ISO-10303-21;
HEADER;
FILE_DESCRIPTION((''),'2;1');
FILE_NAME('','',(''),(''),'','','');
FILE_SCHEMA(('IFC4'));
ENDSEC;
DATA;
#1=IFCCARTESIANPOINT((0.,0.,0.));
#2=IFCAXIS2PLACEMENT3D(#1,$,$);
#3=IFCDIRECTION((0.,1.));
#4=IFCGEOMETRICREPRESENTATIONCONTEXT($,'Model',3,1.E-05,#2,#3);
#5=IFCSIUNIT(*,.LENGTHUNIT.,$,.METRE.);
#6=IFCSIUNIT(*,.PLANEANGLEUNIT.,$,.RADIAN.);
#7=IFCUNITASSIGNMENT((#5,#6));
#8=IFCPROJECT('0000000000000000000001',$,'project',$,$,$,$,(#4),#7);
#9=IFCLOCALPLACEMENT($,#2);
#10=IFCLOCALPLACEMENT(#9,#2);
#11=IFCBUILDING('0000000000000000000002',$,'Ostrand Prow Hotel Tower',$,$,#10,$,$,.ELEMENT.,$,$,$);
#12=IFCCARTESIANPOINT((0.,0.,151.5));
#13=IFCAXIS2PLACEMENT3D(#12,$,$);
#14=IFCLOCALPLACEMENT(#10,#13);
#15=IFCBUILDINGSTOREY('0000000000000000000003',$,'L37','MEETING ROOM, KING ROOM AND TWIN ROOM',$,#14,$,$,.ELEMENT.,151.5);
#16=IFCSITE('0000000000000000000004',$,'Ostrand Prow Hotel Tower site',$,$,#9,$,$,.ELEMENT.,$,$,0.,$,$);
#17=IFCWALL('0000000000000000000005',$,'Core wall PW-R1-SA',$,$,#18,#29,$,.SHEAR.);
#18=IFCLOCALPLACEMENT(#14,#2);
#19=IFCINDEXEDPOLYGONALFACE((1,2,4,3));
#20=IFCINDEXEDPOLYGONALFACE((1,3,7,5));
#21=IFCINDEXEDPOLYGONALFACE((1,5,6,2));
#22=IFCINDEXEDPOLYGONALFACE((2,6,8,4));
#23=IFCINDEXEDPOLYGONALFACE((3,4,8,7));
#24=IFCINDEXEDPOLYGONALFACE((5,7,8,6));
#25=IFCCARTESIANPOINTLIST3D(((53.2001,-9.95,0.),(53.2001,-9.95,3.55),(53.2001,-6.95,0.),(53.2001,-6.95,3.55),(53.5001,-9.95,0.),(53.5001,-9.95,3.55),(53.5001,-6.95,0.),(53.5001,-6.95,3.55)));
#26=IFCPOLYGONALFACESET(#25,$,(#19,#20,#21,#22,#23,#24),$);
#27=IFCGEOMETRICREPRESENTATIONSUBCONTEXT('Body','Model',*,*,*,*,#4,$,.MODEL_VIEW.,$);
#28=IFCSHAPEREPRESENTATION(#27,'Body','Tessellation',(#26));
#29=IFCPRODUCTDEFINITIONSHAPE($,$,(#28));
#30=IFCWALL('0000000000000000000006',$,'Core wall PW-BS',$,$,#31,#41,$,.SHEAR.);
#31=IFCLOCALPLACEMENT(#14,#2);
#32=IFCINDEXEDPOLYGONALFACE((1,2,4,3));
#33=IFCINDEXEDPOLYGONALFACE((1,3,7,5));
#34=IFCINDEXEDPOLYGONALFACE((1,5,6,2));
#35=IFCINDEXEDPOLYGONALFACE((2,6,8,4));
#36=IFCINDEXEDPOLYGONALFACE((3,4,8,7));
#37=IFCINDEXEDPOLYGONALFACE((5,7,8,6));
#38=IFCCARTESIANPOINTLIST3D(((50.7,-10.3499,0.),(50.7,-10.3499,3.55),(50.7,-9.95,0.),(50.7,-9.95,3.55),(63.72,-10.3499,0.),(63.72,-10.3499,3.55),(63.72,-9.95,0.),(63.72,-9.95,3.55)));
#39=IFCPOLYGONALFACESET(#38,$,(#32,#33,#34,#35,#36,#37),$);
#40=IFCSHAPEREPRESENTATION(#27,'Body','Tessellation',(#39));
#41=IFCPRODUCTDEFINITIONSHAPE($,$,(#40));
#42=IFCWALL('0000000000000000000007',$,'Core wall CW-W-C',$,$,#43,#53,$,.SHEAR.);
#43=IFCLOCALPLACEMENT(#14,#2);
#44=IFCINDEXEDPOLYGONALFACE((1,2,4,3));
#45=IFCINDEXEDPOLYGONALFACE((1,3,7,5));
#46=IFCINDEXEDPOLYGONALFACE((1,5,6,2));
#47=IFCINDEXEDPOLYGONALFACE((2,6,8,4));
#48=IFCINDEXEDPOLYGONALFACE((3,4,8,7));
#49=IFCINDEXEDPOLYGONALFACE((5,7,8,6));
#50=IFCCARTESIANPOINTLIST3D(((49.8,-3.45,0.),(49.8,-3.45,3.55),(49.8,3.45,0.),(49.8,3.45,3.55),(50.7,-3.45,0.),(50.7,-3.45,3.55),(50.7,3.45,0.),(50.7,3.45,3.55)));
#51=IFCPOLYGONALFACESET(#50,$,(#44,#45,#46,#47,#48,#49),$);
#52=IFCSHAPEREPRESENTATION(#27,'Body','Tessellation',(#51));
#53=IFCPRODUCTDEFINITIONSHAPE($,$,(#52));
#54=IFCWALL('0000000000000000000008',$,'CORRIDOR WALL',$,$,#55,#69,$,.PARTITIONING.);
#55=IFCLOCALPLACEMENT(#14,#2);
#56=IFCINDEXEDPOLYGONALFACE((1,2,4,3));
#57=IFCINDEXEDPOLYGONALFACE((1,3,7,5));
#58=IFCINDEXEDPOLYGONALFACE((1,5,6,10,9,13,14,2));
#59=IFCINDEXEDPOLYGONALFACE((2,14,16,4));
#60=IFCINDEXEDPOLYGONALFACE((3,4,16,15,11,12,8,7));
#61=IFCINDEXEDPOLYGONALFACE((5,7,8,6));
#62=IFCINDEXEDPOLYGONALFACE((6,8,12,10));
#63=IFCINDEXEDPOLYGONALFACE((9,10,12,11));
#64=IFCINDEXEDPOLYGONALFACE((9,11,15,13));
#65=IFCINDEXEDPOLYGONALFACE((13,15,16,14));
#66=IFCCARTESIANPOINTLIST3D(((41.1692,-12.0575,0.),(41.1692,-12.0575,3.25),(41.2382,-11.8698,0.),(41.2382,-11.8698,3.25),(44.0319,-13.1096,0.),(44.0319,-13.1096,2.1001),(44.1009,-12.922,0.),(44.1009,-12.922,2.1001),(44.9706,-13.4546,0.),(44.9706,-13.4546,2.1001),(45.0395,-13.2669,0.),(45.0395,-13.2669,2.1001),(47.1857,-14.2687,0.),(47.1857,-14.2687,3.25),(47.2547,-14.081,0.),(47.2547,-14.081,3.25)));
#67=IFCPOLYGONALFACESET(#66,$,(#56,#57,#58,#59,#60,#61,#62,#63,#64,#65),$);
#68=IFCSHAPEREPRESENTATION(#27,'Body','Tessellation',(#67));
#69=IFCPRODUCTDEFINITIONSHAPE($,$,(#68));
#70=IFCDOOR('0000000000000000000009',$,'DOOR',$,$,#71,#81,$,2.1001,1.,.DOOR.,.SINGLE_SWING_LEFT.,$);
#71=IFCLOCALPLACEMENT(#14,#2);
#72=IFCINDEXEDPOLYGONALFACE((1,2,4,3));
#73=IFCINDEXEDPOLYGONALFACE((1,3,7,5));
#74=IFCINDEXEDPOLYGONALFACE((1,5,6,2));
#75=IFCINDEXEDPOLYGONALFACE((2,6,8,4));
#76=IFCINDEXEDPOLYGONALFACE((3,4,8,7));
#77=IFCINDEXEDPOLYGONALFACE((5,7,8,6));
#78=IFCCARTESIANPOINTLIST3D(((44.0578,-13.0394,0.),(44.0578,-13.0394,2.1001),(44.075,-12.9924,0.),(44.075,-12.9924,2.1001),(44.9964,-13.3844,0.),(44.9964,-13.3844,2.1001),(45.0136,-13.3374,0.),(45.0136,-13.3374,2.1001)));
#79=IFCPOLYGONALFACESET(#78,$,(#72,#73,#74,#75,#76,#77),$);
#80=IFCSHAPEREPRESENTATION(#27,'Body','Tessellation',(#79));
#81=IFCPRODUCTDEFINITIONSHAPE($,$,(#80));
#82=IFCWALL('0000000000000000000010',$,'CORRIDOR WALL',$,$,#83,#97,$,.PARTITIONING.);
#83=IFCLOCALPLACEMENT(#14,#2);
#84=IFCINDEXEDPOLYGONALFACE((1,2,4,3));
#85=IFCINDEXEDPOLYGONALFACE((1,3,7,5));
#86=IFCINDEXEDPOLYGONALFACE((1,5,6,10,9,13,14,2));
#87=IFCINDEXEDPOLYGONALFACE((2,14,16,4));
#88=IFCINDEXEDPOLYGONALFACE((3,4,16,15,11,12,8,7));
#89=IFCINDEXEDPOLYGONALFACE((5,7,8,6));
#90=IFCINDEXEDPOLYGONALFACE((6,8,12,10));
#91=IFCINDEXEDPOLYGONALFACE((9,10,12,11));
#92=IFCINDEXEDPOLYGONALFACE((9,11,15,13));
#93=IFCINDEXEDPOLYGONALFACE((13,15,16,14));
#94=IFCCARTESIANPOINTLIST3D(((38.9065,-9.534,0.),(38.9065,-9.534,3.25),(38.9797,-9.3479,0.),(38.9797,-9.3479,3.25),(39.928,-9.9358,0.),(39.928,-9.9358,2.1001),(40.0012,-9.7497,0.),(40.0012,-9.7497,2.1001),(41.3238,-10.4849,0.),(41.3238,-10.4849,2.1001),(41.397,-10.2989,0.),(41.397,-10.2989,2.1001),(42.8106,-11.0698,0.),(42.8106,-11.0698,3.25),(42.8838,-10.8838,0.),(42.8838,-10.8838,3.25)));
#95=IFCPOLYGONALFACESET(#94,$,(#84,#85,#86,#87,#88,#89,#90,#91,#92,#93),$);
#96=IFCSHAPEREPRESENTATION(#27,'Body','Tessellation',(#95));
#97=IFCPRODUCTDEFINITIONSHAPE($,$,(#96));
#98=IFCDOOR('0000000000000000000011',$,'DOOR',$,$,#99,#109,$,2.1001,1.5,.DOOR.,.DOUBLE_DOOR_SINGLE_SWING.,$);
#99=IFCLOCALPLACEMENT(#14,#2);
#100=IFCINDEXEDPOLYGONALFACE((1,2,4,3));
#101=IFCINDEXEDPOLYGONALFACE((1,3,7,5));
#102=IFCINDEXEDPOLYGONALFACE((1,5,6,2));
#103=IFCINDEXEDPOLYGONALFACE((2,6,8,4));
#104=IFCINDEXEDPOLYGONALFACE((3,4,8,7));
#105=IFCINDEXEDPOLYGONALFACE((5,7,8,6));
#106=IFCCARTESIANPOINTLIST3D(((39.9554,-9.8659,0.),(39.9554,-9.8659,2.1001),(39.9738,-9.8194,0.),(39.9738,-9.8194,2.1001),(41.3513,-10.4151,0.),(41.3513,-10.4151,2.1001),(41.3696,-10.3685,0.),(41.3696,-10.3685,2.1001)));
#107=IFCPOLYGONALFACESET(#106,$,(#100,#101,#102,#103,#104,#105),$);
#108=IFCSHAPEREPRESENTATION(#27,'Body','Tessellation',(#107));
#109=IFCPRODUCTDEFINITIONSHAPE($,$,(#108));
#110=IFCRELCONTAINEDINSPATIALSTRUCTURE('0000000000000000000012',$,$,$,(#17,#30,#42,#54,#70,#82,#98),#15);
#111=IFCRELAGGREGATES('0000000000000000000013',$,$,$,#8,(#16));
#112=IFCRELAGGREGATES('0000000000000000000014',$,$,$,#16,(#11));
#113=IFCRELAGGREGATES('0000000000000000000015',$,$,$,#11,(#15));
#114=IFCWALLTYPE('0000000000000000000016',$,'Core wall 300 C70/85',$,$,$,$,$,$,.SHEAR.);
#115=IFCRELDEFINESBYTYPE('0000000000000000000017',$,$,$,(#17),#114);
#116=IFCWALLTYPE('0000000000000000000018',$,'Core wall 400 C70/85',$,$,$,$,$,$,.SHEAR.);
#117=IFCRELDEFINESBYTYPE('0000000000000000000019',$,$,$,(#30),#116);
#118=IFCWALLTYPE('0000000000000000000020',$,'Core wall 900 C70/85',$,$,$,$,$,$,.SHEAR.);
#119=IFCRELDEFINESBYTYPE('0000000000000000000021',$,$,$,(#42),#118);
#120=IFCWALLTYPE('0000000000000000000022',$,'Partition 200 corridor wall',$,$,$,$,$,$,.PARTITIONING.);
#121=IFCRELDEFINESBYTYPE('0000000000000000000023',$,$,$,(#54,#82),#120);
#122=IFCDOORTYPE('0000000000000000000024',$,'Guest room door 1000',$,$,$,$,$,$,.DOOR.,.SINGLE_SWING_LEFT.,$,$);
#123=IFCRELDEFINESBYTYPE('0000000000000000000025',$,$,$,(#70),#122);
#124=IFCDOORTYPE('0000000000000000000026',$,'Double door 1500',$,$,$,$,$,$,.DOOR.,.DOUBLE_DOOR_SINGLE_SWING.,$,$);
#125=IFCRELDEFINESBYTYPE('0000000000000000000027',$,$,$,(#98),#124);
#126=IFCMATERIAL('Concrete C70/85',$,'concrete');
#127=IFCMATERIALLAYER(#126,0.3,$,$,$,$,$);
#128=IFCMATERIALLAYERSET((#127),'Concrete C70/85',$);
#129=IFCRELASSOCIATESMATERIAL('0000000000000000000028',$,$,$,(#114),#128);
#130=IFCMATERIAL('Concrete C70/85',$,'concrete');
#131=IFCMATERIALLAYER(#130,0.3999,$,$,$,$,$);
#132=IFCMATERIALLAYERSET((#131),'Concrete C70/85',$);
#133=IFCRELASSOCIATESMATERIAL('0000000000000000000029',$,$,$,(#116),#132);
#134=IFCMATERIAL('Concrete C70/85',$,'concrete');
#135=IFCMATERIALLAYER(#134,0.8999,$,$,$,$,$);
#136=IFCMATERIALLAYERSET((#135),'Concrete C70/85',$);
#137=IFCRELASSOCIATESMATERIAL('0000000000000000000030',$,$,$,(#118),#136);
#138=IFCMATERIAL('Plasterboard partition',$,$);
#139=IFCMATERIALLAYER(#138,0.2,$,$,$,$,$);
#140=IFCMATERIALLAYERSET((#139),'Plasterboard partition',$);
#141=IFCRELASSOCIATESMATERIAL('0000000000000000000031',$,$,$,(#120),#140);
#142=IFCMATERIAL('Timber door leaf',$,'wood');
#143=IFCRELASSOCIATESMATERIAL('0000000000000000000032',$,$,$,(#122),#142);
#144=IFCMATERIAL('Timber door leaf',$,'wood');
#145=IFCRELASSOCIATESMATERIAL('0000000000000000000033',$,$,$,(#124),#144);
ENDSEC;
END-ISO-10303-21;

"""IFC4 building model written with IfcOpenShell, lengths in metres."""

from ifc_helpers import new_model, si_unit, direction, frame, frame_2d, origin, place, context, subcontext, project, spatial, rectangle, extrude, material, layer, layer_set, type_object, element, fill, save


model = new_model("IFC4")

# Units and contexts
model_context = context("Model", 3, precision=1e-05, world=origin(), true_north=direction((0.0, 1.0)))
body_context = subcontext(model_context, "Body", "Model", "MODEL_VIEW")
ifc_project = project(units=[si_unit("LENGTHUNIT", "METRE"), si_unit("PLANEANGLEUNIT", "RADIAN")], contexts=[model_context])

# Site, building, storey
site_placement = place(None, origin())
site = spatial("IfcSite", under=ifc_project, at=site_placement, Name="Ostrand Prow Hotel Tower site", CompositionType="ELEMENT", RefElevation=0.0)
building_placement = place(site_placement, origin())
building = spatial("IfcBuilding", under=site, at=building_placement, Name="Ostrand Prow Hotel Tower", CompositionType="ELEMENT")
storey_placement = place(building_placement, frame((0.0, 0.0, 151.5)))
storey = spatial("IfcBuildingStorey", under=building, at=storey_placement, Name="L37", Description="MEETING ROOM, KING ROOM AND TWIN ROOM", CompositionType="ELEMENT", Elevation=151.5)

# Shared definitions
ifc_material_1 = material(Name="Concrete C70/85", Category="concrete")
ifc_layer_1 = layer(ifc_material_1, 0.3)
ifc_layer_set_1 = layer_set([ifc_layer_1], Name="Concrete C70/85")
wall_type_1 = type_object("IfcWallType", Name="Core wall 300 C70/85", PredefinedType="SHEAR", material=ifc_layer_set_1)

# Walls
for number, where, z_axis, x_axis, name in (
    (1, (53.3501, -9.95, 0.0), (0.0, 0.0, 1.0), (0.0, 1.0, 0.0), "Core wall PW-R1-SA"),
):
    element("IfcWall", number, at=place(storey_placement, frame(where, z_axis=z_axis, x_axis=x_axis)), inside=storey, type_object=wall_type_1, Name=name, PredefinedType="SHEAR", context=body_context, shape_type="SweptSolid", body=[
        extrude(rectangle(XDim=3.0, YDim=0.3, at=frame_2d((1.5, 0.0))), origin(), (0.0, 0.0, 1.0), 3.55),
    ])
ifc_material_2 = material(Name="Concrete C70/85", Category="concrete")
ifc_layer_2 = layer(ifc_material_2, 0.3999)
ifc_layer_set_2 = layer_set([ifc_layer_2], Name="Concrete C70/85")
wall_type_2 = type_object("IfcWallType", Name="Core wall 400 C70/85", PredefinedType="SHEAR", material=ifc_layer_set_2)
wall_1_placement = place(storey_placement, frame((50.7, -10.1499, 0.0), z_axis=(0.0, 0.0, 1.0), x_axis=(1.0, 0.0, 0.0)))
element("IfcWall", 2, at=wall_1_placement, inside=storey, type_object=wall_type_2, Name="Core wall PW-BS", PredefinedType="SHEAR", context=body_context, shape_type="SweptSolid", body=[
    extrude(rectangle(XDim=13.02, YDim=0.3999, at=frame_2d((6.51, 0.0))), origin(), (0.0, 0.0, 1.0), 3.55),
])
ifc_material_3 = material(Name="Concrete C70/85", Category="concrete")
ifc_layer_3 = layer(ifc_material_3, 0.8999)
ifc_layer_set_3 = layer_set([ifc_layer_3], Name="Concrete C70/85")
wall_type_3 = type_object("IfcWallType", Name="Core wall 900 C70/85", PredefinedType="SHEAR", material=ifc_layer_set_3)
wall_2_placement = place(storey_placement, frame((50.25, -3.45, 0.0), z_axis=(0.0, 0.0, 1.0), x_axis=(0.0, 1.0, 0.0)))
element("IfcWall", 3, at=wall_2_placement, inside=storey, type_object=wall_type_3, Name="Core wall CW-W-C", PredefinedType="SHEAR", context=body_context, shape_type="SweptSolid", body=[
    extrude(rectangle(XDim=6.8999, YDim=0.8999, at=frame_2d((3.45, 0.0))), origin(), (0.0, 0.0, 1.0), 3.55),
])

# Walls, openings, doors
ifc_material_4 = material(Name="Plasterboard partition")
ifc_layer_4 = layer(ifc_material_4, 0.2)
ifc_layer_set_4 = layer_set([ifc_layer_4], Name="Plasterboard partition")
wall_type_4 = type_object("IfcWallType", Name="Partition 200 corridor wall", PredefinedType="PARTITIONING", material=ifc_layer_set_4)
wall_3_placement = place(storey_placement, frame((41.2036, -11.9636, 0.0), z_axis=(0.0, 0.0, 1.0), x_axis=(0.938615, -0.344967, 0.0)))
wall_3 = element("IfcWall", 4, at=wall_3_placement, inside=storey, type_object=wall_type_4, Name="CORRIDOR WALL", PredefinedType="PARTITIONING", context=body_context, shape_type="SweptSolid", body=[
    extrude(rectangle(XDim=6.4099, YDim=0.2, at=frame_2d((3.2051, 0.0))), origin(), (0.0, 0.0, 1.0), 3.25),
])
opening_1_placement = place(wall_3_placement, frame((3.05, 0.0, 0.0)))
opening_1 = element("IfcOpeningElement", 5, at=opening_1_placement, cuts=wall_3, PredefinedType="OPENING", context=body_context, shape_type="SweptSolid", body=[
    extrude(rectangle(XDim=1.0, YDim=2.1001, at=frame_2d((0.5, 1.05))), frame((0.0, 0.1099, 0.0), z_axis=(0.0, -1.0, 0.0), x_axis=(1.0, 0.0, 0.0)), (0.0, 0.0, 1.0), 0.22),
])
ifc_material_5 = material(Name="Timber door leaf", Category="wood")
door_type_1 = type_object("IfcDoorType", Name="Guest room door 1000", OperationType="SINGLE_SWING_LEFT", PredefinedType="DOOR", material=ifc_material_5)
door_1_placement = place(opening_1_placement, origin())
door_1 = element("IfcDoor", 6, at=door_1_placement, inside=storey, type_object=door_type_1, Name="DOOR", OperationType="SINGLE_SWING_LEFT", OverallHeight=2.1001, OverallWidth=1.0, PredefinedType="DOOR", context=body_context, shape_type="SweptSolid", body=[
    extrude(rectangle(XDim=1.0, YDim=2.1001, at=frame_2d((0.5, 1.05))), frame((0.0, 0.0249, 0.0), z_axis=(0.0, -1.0, 0.0), x_axis=(1.0, 0.0, 0.0)), (0.0, 0.0, 1.0), 0.05),
])
fill(opening_1, door_1)
wall_4_placement = place(storey_placement, frame((42.8472, -10.9768, 0.0), z_axis=(0.0, 0.0, 1.0), x_axis=(-0.930577, 0.366097, 0.0)))
wall_4 = element("IfcWall", 7, at=wall_4_placement, inside=storey, type_object=wall_type_4, Name="CORRIDOR WALL", PredefinedType="PARTITIONING", context=body_context, shape_type="SweptSolid", body=[
    extrude(rectangle(XDim=4.1953, YDim=0.2, at=frame_2d((2.0977, 0.0))), origin(), (0.0, 0.0, 1.0), 3.25),
])
opening_2_placement = place(wall_4_placement, frame((1.5977, 0.0, 0.0)))
opening_2 = element("IfcOpeningElement", 8, at=opening_2_placement, cuts=wall_4, PredefinedType="OPENING", context=body_context, shape_type="SweptSolid", body=[
    extrude(rectangle(XDim=1.5, YDim=2.1001, at=frame_2d((0.75, 1.05))), frame((0.0, 0.1099, 0.0), z_axis=(0.0, -1.0, 0.0), x_axis=(1.0, 0.0, 0.0)), (0.0, 0.0, 1.0), 0.22),
])
ifc_material_6 = material(Name="Timber door leaf", Category="wood")
door_type_2 = type_object("IfcDoorType", Name="Double door 1500", OperationType="DOUBLE_DOOR_SINGLE_SWING", PredefinedType="DOOR", material=ifc_material_6)
door_2_placement = place(opening_2_placement, origin())
door_2 = element("IfcDoor", 9, at=door_2_placement, inside=storey, type_object=door_type_2, Name="DOOR", OperationType="DOUBLE_DOOR_SINGLE_SWING", OverallHeight=2.1001, OverallWidth=1.5, PredefinedType="DOOR", context=body_context, shape_type="SweptSolid", body=[
    extrude(rectangle(XDim=1.5, YDim=2.1001, at=frame_2d((0.75, 1.05))), frame((0.0, 0.0249, 0.0), z_axis=(0.0, -1.0, 0.0), x_axis=(1.0, 0.0, 0.0)), (0.0, 0.0, 1.0), 0.05),
])
fill(opening_2, door_2)

save(model, "model.ifc")
